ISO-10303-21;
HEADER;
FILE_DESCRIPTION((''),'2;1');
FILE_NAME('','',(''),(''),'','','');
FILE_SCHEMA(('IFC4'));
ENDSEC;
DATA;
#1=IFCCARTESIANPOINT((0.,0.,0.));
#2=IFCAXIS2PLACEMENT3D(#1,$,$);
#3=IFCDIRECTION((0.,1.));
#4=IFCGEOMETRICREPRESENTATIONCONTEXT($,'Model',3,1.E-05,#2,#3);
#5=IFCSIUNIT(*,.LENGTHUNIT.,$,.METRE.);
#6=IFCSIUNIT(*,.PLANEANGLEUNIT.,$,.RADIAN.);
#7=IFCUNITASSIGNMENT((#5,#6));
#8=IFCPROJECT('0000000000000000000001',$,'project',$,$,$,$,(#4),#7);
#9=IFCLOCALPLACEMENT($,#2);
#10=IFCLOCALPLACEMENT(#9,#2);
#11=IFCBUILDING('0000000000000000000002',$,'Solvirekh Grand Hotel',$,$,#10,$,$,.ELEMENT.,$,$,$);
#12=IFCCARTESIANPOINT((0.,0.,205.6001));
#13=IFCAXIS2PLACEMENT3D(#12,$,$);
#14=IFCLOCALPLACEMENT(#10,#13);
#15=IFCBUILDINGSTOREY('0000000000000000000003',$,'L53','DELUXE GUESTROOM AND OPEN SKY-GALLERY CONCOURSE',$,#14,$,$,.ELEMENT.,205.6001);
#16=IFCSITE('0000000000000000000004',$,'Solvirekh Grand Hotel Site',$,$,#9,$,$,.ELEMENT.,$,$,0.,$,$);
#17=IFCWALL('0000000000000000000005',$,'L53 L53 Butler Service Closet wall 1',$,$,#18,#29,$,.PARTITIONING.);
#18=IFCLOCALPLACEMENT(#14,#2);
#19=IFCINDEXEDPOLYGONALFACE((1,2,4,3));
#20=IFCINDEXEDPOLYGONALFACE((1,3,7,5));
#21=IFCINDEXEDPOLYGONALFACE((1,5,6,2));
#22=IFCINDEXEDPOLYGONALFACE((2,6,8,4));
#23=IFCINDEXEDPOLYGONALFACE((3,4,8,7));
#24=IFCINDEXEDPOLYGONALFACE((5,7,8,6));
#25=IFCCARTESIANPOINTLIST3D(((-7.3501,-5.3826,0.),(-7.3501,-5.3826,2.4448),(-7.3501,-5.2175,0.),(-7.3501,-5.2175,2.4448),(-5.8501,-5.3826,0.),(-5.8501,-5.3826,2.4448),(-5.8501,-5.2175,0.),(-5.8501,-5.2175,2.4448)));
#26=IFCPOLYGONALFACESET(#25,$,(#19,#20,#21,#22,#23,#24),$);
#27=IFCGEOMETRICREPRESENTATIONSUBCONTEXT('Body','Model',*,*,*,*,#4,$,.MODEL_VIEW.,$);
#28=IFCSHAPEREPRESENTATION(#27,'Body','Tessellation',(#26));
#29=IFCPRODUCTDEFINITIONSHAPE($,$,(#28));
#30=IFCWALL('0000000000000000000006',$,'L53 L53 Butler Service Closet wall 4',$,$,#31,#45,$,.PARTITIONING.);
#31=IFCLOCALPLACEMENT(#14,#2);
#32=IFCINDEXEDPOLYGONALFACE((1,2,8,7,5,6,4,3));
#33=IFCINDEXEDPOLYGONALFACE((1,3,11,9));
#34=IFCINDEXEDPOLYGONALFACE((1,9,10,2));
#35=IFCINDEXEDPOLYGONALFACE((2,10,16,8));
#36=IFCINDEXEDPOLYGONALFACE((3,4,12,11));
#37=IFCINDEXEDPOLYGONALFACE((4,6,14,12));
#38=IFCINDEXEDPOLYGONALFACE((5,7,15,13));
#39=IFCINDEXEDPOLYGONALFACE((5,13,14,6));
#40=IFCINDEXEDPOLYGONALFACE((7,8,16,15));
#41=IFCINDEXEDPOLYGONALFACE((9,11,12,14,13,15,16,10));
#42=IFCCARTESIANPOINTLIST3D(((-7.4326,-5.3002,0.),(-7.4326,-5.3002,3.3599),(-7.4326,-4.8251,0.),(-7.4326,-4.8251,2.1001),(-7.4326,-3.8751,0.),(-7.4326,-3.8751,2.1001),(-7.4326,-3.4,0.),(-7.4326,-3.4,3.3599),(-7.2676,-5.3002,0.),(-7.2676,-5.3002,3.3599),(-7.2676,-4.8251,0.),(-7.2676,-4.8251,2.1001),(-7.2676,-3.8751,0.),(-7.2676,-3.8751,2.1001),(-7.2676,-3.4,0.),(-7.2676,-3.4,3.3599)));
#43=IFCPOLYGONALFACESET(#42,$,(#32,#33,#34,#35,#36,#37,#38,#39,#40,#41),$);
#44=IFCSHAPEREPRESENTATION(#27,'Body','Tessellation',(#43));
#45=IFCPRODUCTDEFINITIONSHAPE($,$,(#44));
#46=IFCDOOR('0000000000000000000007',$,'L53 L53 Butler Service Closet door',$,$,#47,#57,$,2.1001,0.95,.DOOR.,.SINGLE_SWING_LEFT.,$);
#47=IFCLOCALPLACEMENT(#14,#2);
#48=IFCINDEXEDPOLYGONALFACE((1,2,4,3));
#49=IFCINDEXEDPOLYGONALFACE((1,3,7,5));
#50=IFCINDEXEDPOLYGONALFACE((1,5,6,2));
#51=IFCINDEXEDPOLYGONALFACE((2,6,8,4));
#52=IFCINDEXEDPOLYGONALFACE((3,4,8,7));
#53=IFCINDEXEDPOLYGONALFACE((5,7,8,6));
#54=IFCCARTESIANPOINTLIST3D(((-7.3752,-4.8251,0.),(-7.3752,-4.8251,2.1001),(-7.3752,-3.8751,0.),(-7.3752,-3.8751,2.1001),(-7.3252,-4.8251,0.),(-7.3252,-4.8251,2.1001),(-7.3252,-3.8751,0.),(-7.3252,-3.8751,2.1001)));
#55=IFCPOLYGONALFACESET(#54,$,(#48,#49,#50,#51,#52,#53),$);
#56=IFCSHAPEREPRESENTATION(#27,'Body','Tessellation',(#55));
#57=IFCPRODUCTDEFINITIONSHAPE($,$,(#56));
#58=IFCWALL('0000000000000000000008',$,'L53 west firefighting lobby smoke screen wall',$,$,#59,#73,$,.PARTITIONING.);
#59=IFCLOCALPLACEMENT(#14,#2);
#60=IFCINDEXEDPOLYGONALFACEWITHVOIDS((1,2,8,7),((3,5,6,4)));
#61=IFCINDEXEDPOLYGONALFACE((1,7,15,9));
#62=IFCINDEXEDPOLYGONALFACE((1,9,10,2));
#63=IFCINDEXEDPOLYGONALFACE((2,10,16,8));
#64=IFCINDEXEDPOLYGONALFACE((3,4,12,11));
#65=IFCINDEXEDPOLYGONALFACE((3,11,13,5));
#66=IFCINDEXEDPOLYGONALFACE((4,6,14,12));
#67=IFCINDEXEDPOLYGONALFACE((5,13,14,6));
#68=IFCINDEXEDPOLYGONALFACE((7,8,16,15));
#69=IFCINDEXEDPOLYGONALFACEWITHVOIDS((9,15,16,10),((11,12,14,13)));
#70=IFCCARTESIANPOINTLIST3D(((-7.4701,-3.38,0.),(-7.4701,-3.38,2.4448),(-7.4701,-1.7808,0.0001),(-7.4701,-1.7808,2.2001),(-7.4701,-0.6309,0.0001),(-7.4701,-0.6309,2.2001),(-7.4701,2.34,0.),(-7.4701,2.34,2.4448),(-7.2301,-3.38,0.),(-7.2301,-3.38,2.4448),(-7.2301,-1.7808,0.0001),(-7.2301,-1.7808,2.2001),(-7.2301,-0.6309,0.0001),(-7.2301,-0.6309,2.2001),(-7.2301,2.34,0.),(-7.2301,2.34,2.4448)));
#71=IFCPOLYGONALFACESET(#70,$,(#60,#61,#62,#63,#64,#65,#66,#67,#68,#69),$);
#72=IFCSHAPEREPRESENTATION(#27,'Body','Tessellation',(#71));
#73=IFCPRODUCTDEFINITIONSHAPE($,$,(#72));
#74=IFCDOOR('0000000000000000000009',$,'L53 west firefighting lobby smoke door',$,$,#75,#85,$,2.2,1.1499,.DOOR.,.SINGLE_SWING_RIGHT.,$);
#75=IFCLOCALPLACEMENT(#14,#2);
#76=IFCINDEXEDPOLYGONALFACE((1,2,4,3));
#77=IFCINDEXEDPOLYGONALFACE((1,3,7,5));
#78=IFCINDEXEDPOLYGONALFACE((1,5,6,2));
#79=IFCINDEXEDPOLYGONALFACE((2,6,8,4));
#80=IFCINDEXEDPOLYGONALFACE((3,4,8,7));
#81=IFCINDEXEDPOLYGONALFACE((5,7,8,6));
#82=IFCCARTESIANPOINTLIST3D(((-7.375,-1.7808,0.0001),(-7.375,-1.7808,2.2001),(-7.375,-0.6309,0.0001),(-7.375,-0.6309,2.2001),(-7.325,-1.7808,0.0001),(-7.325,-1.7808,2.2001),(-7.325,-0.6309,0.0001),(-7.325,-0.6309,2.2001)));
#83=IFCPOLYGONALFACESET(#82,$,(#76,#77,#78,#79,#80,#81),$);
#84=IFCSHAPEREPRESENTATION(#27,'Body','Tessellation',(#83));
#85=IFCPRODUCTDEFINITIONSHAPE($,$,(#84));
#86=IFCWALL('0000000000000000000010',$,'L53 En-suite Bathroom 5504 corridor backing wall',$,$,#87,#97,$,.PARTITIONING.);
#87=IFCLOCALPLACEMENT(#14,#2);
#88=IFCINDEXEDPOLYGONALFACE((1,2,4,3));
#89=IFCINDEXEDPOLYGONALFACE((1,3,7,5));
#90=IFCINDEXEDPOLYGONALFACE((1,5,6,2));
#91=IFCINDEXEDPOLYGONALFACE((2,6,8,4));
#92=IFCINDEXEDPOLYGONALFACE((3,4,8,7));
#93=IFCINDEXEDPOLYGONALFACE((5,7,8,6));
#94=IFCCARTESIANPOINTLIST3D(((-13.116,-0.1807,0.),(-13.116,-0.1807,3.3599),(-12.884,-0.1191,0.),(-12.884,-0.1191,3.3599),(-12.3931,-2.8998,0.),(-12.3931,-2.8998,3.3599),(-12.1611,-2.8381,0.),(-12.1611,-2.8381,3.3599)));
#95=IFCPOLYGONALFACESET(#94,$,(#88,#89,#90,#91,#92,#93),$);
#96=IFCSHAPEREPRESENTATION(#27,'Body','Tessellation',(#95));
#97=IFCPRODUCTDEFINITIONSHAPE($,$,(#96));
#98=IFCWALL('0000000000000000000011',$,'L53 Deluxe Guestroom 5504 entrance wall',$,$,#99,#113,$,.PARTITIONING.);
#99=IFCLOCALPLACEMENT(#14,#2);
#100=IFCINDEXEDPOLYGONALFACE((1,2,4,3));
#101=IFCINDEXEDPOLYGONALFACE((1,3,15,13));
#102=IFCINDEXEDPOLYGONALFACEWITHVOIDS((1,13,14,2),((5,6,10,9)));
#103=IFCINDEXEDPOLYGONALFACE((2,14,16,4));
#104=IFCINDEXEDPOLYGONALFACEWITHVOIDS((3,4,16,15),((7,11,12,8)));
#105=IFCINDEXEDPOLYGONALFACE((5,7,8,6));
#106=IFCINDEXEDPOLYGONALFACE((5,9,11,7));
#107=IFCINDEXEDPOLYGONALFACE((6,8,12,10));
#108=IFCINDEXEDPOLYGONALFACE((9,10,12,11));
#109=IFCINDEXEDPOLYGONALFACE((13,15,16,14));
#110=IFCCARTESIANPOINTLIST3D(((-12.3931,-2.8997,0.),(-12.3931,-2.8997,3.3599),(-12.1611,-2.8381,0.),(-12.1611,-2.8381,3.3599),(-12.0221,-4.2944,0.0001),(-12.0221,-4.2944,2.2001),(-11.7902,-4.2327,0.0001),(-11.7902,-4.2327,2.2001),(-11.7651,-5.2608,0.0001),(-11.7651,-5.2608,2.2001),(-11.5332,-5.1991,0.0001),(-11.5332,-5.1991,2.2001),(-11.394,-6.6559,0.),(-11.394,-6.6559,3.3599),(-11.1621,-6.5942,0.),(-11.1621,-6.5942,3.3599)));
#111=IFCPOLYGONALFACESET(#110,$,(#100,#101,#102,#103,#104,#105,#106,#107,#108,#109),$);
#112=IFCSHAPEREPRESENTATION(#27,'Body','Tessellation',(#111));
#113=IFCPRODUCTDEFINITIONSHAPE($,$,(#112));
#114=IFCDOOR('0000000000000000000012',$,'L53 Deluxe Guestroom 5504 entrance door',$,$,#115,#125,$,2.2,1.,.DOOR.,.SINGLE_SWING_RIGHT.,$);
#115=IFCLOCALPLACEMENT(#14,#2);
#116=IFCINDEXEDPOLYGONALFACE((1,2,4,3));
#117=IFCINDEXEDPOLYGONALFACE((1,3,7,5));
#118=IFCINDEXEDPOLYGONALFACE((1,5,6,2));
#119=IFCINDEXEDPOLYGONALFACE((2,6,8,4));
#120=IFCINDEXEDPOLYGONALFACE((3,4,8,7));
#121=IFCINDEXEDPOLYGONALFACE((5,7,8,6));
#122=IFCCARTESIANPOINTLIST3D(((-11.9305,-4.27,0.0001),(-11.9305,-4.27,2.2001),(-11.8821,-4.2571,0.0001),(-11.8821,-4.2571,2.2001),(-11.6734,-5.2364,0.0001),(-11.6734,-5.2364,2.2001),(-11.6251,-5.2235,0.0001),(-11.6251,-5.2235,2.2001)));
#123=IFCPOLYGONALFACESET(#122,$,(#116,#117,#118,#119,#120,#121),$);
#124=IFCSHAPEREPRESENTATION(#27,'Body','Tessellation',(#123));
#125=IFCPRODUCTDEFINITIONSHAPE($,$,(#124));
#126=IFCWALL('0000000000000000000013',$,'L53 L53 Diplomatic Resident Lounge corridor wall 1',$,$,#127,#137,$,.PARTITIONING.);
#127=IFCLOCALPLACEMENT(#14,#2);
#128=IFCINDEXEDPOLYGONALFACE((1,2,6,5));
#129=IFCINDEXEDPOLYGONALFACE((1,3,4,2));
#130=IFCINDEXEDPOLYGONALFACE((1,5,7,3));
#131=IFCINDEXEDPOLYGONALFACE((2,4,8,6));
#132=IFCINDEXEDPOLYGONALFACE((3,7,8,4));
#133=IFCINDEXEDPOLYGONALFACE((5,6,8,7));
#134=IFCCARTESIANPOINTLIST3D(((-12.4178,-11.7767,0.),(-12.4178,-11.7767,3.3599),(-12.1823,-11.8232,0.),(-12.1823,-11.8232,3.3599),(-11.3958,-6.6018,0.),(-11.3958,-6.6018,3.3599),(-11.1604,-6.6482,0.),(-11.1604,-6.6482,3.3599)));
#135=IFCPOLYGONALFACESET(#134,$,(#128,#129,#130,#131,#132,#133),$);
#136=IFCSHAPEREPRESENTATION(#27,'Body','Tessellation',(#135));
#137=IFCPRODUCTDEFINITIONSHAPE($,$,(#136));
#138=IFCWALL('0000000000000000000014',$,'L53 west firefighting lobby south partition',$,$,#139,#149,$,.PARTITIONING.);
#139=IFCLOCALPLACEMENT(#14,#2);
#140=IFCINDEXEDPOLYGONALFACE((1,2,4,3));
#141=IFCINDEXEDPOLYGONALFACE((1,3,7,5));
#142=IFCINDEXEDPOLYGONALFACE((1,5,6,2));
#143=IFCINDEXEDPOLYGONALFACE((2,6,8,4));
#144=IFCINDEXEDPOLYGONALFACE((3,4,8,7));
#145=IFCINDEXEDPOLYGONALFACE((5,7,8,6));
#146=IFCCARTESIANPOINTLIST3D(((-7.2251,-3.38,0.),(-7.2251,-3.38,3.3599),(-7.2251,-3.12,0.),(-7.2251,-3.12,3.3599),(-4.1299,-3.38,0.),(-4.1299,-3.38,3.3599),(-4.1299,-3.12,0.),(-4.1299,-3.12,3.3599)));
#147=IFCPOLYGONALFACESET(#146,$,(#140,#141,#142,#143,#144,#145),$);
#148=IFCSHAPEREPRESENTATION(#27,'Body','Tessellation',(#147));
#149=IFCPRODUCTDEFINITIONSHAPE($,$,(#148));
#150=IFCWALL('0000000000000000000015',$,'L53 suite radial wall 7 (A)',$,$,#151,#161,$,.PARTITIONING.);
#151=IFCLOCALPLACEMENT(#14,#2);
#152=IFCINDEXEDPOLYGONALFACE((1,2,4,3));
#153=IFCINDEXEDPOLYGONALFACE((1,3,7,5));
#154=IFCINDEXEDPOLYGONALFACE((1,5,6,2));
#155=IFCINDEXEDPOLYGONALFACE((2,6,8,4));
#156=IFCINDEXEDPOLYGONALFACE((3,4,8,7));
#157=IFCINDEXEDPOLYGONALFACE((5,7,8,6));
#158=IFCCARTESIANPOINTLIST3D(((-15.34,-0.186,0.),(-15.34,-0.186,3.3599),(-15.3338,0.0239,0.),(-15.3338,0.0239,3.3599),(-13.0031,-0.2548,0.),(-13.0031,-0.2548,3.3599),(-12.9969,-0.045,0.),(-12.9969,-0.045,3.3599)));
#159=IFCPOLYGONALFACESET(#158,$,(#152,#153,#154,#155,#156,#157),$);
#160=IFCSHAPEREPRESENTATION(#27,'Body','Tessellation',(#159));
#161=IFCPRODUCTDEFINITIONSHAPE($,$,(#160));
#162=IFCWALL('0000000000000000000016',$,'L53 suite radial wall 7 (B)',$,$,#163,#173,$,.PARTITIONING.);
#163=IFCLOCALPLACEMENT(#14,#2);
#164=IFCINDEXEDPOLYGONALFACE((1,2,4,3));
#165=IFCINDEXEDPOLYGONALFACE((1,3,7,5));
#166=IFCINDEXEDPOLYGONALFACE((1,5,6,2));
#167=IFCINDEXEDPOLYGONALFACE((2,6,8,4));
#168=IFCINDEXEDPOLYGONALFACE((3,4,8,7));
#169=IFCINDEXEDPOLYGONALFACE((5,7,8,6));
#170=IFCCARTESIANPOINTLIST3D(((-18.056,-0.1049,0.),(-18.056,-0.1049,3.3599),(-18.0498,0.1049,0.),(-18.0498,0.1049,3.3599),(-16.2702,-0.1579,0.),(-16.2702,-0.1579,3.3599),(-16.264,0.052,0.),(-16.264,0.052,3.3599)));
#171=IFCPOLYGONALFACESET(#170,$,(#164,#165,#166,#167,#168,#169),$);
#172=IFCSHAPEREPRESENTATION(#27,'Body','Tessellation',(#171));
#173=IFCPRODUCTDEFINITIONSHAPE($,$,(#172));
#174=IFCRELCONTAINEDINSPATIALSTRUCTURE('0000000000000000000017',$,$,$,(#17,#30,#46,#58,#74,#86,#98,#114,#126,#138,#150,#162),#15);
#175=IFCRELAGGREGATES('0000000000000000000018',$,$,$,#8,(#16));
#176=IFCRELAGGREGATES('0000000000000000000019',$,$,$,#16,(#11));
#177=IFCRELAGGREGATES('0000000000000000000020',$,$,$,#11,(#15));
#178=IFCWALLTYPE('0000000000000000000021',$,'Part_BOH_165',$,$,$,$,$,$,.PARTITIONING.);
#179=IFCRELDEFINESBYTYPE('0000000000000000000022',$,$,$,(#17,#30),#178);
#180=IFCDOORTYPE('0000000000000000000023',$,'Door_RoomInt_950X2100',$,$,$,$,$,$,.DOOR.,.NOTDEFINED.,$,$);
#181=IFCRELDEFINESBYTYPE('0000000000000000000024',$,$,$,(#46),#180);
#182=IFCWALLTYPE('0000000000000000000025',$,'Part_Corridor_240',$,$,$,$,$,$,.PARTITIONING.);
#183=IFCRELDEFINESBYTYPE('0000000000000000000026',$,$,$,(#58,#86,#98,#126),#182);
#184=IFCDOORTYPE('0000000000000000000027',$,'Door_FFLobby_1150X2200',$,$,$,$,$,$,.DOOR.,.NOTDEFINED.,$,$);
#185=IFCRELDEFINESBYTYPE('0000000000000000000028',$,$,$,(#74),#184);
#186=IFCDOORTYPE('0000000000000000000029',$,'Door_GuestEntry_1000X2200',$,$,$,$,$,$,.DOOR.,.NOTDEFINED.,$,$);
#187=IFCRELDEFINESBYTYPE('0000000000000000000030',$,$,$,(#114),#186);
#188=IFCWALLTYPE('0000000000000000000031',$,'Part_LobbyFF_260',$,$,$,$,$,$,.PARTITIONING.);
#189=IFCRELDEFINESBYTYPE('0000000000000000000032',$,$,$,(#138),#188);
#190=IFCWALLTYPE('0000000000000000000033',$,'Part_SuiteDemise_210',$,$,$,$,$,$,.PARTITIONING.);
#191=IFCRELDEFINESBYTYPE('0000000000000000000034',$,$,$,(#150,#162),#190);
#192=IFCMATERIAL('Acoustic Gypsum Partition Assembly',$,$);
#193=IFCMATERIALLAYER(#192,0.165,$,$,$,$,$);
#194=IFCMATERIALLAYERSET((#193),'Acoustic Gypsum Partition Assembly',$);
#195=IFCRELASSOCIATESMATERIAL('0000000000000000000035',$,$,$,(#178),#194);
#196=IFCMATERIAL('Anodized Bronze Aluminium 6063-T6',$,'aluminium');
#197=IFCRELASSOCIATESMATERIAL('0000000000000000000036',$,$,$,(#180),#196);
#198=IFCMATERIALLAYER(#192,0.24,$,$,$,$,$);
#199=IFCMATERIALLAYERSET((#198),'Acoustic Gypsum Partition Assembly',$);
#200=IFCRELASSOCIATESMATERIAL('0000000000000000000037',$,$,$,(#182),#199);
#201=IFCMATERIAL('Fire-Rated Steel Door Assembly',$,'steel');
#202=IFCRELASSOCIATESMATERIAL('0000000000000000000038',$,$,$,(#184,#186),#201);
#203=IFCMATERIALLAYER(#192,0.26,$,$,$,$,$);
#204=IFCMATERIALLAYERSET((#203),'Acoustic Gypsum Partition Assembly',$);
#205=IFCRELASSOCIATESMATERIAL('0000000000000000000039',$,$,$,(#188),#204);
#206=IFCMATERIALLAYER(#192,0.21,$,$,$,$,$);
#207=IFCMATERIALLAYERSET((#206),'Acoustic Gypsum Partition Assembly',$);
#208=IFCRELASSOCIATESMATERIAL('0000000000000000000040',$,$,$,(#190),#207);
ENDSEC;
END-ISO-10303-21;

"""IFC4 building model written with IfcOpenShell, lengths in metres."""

from ifc_helpers import new_model, si_unit, direction, frame, frame_2d, origin, place, context, subcontext, project, spatial, rectangle, extrude, material, layer, layer_set, type_object, element, fill, save


model = new_model("IFC4")

# Units and contexts
model_context = context("Model", 3, precision=1e-05, world=origin(), true_north=direction((0.0, 1.0)))
body_context = subcontext(model_context, "Body", "Model", "MODEL_VIEW")
ifc_project = project(units=[si_unit("LENGTHUNIT", "METRE"), si_unit("PLANEANGLEUNIT", "RADIAN")], contexts=[model_context])

# Site, building, storey
site_placement = place(None, origin())
site = spatial("IfcSite", under=ifc_project, at=site_placement, Name="Solvirekh Grand Hotel Site", CompositionType="ELEMENT", RefElevation=0.0)
building_placement = place(site_placement, origin())
building = spatial("IfcBuilding", under=site, at=building_placement, Name="Solvirekh Grand Hotel", CompositionType="ELEMENT")
storey_placement = place(building_placement, frame((0.0, 0.0, 205.6001)))
storey = spatial("IfcBuildingStorey", under=building, at=storey_placement, Name="L53", Description="DELUXE GUESTROOM AND OPEN SKY-GALLERY CONCOURSE", CompositionType="ELEMENT", Elevation=205.6001)

# Wall
ifc_material_1 = material(Name="Acoustic Gypsum Partition Assembly")
ifc_layer_1 = layer(ifc_material_1, 0.165)
ifc_layer_set_1 = layer_set([ifc_layer_1], Name="Acoustic Gypsum Partition Assembly")
wall_type_1 = type_object("IfcWallType", Name="Part_BOH_165", PredefinedType="PARTITIONING", material=ifc_layer_set_1)
wall_1_placement = place(storey_placement, frame((-7.3501, -5.3, 0.0), z_axis=(0.0, 0.0, 1.0), x_axis=(1.0, 0.0, 0.0)))
element("IfcWall", 1, at=wall_1_placement, inside=storey, type_object=wall_type_1, Name="L53 L53 Butler Service Closet wall 1", PredefinedType="PARTITIONING", context=body_context, shape_type="SweptSolid", body=[
    extrude(rectangle(XDim=1.5, YDim=0.165, at=frame_2d((0.75, 0.0))), origin(), (0.0, 0.0, 1.0), 2.4448),
])

# Walls, openings, doors
wall_2_placement = place(storey_placement, frame((-7.3501, -3.3999, 0.0), z_axis=(0.0, 0.0, 1.0), x_axis=(0.0, -1.0, 0.0)))
wall_2 = element("IfcWall", 2, at=wall_2_placement, inside=storey, type_object=wall_type_1, Name="L53 L53 Butler Service Closet wall 4", PredefinedType="PARTITIONING", context=body_context, shape_type="SweptSolid", body=[
    extrude(rectangle(XDim=1.9001, YDim=0.165, at=frame_2d((0.9502, 0.0))), origin(), (0.0, 0.0, 1.0), 3.3599),
])
opening_1_placement = place(wall_2_placement, frame((0.4751, 0.0, 0.0)))
opening_1 = element("IfcOpeningElement", 3, at=opening_1_placement, cuts=wall_2, PredefinedType="OPENING", context=body_context, shape_type="SweptSolid", body=[
    extrude(rectangle(XDim=0.95, YDim=2.1001, at=frame_2d((0.4751, 1.05))), frame((0.0, 0.0925, 0.0), z_axis=(0.0, -1.0, 0.0), x_axis=(1.0, 0.0, 0.0)), (0.0, 0.0, 1.0), 0.1851),
])
ifc_material_2 = material(Name="Anodized Bronze Aluminium 6063-T6", Category="aluminium")
door_type_1 = type_object("IfcDoorType", Name="Door_RoomInt_950X2100", OperationType="NOTDEFINED", PredefinedType="DOOR", material=ifc_material_2)
door_1_placement = place(opening_1_placement, origin())
door_1 = element("IfcDoor", 4, at=door_1_placement, inside=storey, type_object=door_type_1, Name="L53 L53 Butler Service Closet door", OperationType="SINGLE_SWING_LEFT", OverallHeight=2.1001, OverallWidth=0.95, PredefinedType="DOOR", context=body_context, shape_type="SweptSolid", body=[
    extrude(rectangle(XDim=0.95, YDim=2.1001, at=frame_2d((0.4751, 1.05))), frame((0.0, 0.0249, 0.0), z_axis=(0.0, -1.0, 0.0), x_axis=(1.0, 0.0, 0.0)), (0.0, 0.0, 1.0), 0.05),
])
fill(opening_1, door_1)
ifc_layer_2 = layer(ifc_material_1, 0.24)
ifc_layer_set_2 = layer_set([ifc_layer_2], Name="Acoustic Gypsum Partition Assembly")
wall_type_2 = type_object("IfcWallType", Name="Part_Corridor_240", PredefinedType="PARTITIONING", material=ifc_layer_set_2)
wall_3_placement = place(storey_placement, frame((-7.3501, -3.3799, 0.0), z_axis=(0.0, 0.0, 1.0), x_axis=(0.0, 1.0, 0.0)))
wall_3 = element("IfcWall", 5, at=wall_3_placement, inside=storey, type_object=wall_type_2, Name="L53 west firefighting lobby smoke screen wall", PredefinedType="PARTITIONING", context=body_context, shape_type="SweptSolid", body=[
    extrude(rectangle(XDim=5.72, YDim=0.24, at=frame_2d((2.8599, 0.0))), origin(), (0.0, 0.0, 1.0), 2.4448),
])
opening_2_placement = place(wall_3_placement, frame((1.5991, 0.0, 0.0)))
opening_2 = element("IfcOpeningElement", 6, at=opening_2_placement, cuts=wall_3, PredefinedType="OPENING", context=body_context, shape_type="SweptSolid", body=[
    extrude(rectangle(XDim=1.1499, YDim=2.2, at=frame_2d((0.575, 1.1001))), frame((0.0, 0.1299, 0.0), z_axis=(0.0, -1.0, 0.0), x_axis=(1.0, 0.0, 0.0)), (0.0, 0.0, 1.0), 0.26),
])
ifc_material_3 = material(Name="Fire-Rated Steel Door Assembly", Category="steel")
door_type_2 = type_object("IfcDoorType", Name="Door_FFLobby_1150X2200", OperationType="NOTDEFINED", PredefinedType="DOOR", material=ifc_material_3)
door_2_placement = place(opening_2_placement, origin())
door_2 = element("IfcDoor", 7, at=door_2_placement, inside=storey, type_object=door_type_2, Name="L53 west firefighting lobby smoke door", OperationType="SINGLE_SWING_RIGHT", OverallHeight=2.2, OverallWidth=1.1499, PredefinedType="DOOR", context=body_context, shape_type="SweptSolid", body=[
    extrude(rectangle(XDim=1.1499, YDim=2.2, at=frame_2d((0.575, 1.1001))), frame((0.0, 0.0249, 0.0), z_axis=(0.0, -1.0, 0.0), x_axis=(1.0, 0.0, 0.0)), (0.0, 0.0, 1.0), 0.05),
])
fill(opening_2, door_2)

# Wall
wall_4_placement = place(storey_placement, frame((-13.0, -0.1499, 0.0), z_axis=(0.0, 0.0, 1.0), x_axis=(0.256944, -0.966426, 0.0)))
element("IfcWall", 8, at=wall_4_placement, inside=storey, type_object=wall_type_2, Name="L53 En-suite Bathroom 5504 corridor backing wall", PredefinedType="PARTITIONING", context=body_context, shape_type="SweptSolid", body=[
    extrude(rectangle(XDim=2.8135, YDim=0.24, at=frame_2d((1.4067, 0.0))), origin(), (0.0, 0.0, 1.0), 3.3599),
])

# Wall, opening, door
wall_5_placement = place(storey_placement, frame((-12.2771, -2.8689, 0.0), z_axis=(0.0, 0.0, 1.0), x_axis=(0.257037, -0.966402, 0.0)))
wall_5 = element("IfcWall", 9, at=wall_5_placement, inside=storey, type_object=wall_type_2, Name="L53 Deluxe Guestroom 5504 entrance wall", PredefinedType="PARTITIONING", context=body_context, shape_type="SweptSolid", body=[
    extrude(rectangle(XDim=3.8867, YDim=0.24, at=frame_2d((1.9434, 0.0))), origin(), (0.0, 0.0, 1.0), 3.3599),
])
opening_3_placement = place(wall_5_placement, frame((1.4431, 0.0, 0.0)))
opening_3 = element("IfcOpeningElement", 10, at=opening_3_placement, cuts=wall_5, PredefinedType="OPENING", context=body_context, shape_type="SweptSolid", body=[
    extrude(rectangle(XDim=1.0, YDim=2.2, at=frame_2d((0.5, 1.1001))), frame((0.0, 0.1299, 0.0), z_axis=(0.0, -1.0, 0.0), x_axis=(1.0, 0.0, 0.0)), (0.0, 0.0, 1.0), 0.26),
])
door_type_3 = type_object("IfcDoorType", Name="Door_GuestEntry_1000X2200", OperationType="NOTDEFINED", PredefinedType="DOOR", material=ifc_material_3)
door_3_placement = place(opening_3_placement, origin())
door_3 = element("IfcDoor", 11, at=door_3_placement, inside=storey, type_object=door_type_3, Name="L53 Deluxe Guestroom 5504 entrance door", OperationType="SINGLE_SWING_RIGHT", OverallHeight=2.2, OverallWidth=1.0, PredefinedType="DOOR", context=body_context, shape_type="SweptSolid", body=[
    extrude(rectangle(XDim=1.0, YDim=2.2, at=frame_2d((0.5, 1.1001))), frame((0.0, 0.0249, 0.0), z_axis=(0.0, -1.0, 0.0), x_axis=(1.0, 0.0, 0.0)), (0.0, 0.0, 1.0), 0.05),
])
fill(opening_3, door_3)

# Walls
wall_6_placement = place(storey_placement, frame((-11.2781, -6.625, 0.0), z_axis=(0.0, 0.0, 1.0), x_axis=(-0.193739, -0.981053, 0.0)))
element("IfcWall", 12, at=wall_6_placement, inside=storey, type_object=wall_type_2, Name="L53 L53 Diplomatic Resident Lounge corridor wall 1", PredefinedType="PARTITIONING", context=body_context, shape_type="SweptSolid", body=[
    extrude(rectangle(XDim=5.2749, YDim=0.24, at=frame_2d((2.6375, 0.0))), origin(), (0.0, 0.0, 1.0), 3.3599),
])
ifc_layer_3 = layer(ifc_material_1, 0.26)
ifc_layer_set_3 = layer_set([ifc_layer_3], Name="Acoustic Gypsum Partition Assembly")
wall_type_3 = type_object("IfcWallType", Name="Part_LobbyFF_260", PredefinedType="PARTITIONING", material=ifc_layer_set_3)
wall_7_placement = place(storey_placement, frame((-7.2251, -3.25, 0.0), z_axis=(0.0, 0.0, 1.0), x_axis=(1.0, 0.0, 0.0)))
element("IfcWall", 13, at=wall_7_placement, inside=storey, type_object=wall_type_3, Name="L53 west firefighting lobby south partition", PredefinedType="PARTITIONING", context=body_context, shape_type="SweptSolid", body=[
    extrude(rectangle(XDim=3.0952, YDim=0.26, at=frame_2d((1.5476, 0.0))), origin(), (0.0, 0.0, 1.0), 3.3599),
])
ifc_layer_4 = layer(ifc_material_1, 0.21)
ifc_layer_set_4 = layer_set([ifc_layer_4], Name="Acoustic Gypsum Partition Assembly")
wall_type_4 = type_object("IfcWallType", Name="Part_SuiteDemise_210", PredefinedType="PARTITIONING", material=ifc_layer_set_4)
wall_8_placement = place(storey_placement, frame((-13.0, -0.1499, 0.0), z_axis=(0.0, 0.0, 1.0), x_axis=(-0.999566, 0.029448, 0.0)))
element("IfcWall", 14, at=wall_8_placement, inside=storey, type_object=wall_type_4, Name="L53 suite radial wall 7 (A)", PredefinedType="PARTITIONING", context=body_context, shape_type="SweptSolid", body=[
    extrude(rectangle(XDim=2.3379, YDim=0.21, at=frame_2d((1.1689, 0.0))), origin(), (0.0, 0.0, 1.0), 3.3599),
])
wall_9_placement = place(storey_placement, frame((-16.2671, -0.053, 0.0), z_axis=(0.0, 0.0, 1.0), x_axis=(-0.99956, 0.029652, 0.0)))
element("IfcWall", 15, at=wall_9_placement, inside=storey, type_object=wall_type_4, Name="L53 suite radial wall 7 (B)", PredefinedType="PARTITIONING", context=body_context, shape_type="SweptSolid", body=[
    extrude(rectangle(XDim=1.7866, YDim=0.21, at=frame_2d((0.8933, 0.0))), origin(), (0.0, 0.0, 1.0), 3.3599),
])

save(model, "model.ifc")
